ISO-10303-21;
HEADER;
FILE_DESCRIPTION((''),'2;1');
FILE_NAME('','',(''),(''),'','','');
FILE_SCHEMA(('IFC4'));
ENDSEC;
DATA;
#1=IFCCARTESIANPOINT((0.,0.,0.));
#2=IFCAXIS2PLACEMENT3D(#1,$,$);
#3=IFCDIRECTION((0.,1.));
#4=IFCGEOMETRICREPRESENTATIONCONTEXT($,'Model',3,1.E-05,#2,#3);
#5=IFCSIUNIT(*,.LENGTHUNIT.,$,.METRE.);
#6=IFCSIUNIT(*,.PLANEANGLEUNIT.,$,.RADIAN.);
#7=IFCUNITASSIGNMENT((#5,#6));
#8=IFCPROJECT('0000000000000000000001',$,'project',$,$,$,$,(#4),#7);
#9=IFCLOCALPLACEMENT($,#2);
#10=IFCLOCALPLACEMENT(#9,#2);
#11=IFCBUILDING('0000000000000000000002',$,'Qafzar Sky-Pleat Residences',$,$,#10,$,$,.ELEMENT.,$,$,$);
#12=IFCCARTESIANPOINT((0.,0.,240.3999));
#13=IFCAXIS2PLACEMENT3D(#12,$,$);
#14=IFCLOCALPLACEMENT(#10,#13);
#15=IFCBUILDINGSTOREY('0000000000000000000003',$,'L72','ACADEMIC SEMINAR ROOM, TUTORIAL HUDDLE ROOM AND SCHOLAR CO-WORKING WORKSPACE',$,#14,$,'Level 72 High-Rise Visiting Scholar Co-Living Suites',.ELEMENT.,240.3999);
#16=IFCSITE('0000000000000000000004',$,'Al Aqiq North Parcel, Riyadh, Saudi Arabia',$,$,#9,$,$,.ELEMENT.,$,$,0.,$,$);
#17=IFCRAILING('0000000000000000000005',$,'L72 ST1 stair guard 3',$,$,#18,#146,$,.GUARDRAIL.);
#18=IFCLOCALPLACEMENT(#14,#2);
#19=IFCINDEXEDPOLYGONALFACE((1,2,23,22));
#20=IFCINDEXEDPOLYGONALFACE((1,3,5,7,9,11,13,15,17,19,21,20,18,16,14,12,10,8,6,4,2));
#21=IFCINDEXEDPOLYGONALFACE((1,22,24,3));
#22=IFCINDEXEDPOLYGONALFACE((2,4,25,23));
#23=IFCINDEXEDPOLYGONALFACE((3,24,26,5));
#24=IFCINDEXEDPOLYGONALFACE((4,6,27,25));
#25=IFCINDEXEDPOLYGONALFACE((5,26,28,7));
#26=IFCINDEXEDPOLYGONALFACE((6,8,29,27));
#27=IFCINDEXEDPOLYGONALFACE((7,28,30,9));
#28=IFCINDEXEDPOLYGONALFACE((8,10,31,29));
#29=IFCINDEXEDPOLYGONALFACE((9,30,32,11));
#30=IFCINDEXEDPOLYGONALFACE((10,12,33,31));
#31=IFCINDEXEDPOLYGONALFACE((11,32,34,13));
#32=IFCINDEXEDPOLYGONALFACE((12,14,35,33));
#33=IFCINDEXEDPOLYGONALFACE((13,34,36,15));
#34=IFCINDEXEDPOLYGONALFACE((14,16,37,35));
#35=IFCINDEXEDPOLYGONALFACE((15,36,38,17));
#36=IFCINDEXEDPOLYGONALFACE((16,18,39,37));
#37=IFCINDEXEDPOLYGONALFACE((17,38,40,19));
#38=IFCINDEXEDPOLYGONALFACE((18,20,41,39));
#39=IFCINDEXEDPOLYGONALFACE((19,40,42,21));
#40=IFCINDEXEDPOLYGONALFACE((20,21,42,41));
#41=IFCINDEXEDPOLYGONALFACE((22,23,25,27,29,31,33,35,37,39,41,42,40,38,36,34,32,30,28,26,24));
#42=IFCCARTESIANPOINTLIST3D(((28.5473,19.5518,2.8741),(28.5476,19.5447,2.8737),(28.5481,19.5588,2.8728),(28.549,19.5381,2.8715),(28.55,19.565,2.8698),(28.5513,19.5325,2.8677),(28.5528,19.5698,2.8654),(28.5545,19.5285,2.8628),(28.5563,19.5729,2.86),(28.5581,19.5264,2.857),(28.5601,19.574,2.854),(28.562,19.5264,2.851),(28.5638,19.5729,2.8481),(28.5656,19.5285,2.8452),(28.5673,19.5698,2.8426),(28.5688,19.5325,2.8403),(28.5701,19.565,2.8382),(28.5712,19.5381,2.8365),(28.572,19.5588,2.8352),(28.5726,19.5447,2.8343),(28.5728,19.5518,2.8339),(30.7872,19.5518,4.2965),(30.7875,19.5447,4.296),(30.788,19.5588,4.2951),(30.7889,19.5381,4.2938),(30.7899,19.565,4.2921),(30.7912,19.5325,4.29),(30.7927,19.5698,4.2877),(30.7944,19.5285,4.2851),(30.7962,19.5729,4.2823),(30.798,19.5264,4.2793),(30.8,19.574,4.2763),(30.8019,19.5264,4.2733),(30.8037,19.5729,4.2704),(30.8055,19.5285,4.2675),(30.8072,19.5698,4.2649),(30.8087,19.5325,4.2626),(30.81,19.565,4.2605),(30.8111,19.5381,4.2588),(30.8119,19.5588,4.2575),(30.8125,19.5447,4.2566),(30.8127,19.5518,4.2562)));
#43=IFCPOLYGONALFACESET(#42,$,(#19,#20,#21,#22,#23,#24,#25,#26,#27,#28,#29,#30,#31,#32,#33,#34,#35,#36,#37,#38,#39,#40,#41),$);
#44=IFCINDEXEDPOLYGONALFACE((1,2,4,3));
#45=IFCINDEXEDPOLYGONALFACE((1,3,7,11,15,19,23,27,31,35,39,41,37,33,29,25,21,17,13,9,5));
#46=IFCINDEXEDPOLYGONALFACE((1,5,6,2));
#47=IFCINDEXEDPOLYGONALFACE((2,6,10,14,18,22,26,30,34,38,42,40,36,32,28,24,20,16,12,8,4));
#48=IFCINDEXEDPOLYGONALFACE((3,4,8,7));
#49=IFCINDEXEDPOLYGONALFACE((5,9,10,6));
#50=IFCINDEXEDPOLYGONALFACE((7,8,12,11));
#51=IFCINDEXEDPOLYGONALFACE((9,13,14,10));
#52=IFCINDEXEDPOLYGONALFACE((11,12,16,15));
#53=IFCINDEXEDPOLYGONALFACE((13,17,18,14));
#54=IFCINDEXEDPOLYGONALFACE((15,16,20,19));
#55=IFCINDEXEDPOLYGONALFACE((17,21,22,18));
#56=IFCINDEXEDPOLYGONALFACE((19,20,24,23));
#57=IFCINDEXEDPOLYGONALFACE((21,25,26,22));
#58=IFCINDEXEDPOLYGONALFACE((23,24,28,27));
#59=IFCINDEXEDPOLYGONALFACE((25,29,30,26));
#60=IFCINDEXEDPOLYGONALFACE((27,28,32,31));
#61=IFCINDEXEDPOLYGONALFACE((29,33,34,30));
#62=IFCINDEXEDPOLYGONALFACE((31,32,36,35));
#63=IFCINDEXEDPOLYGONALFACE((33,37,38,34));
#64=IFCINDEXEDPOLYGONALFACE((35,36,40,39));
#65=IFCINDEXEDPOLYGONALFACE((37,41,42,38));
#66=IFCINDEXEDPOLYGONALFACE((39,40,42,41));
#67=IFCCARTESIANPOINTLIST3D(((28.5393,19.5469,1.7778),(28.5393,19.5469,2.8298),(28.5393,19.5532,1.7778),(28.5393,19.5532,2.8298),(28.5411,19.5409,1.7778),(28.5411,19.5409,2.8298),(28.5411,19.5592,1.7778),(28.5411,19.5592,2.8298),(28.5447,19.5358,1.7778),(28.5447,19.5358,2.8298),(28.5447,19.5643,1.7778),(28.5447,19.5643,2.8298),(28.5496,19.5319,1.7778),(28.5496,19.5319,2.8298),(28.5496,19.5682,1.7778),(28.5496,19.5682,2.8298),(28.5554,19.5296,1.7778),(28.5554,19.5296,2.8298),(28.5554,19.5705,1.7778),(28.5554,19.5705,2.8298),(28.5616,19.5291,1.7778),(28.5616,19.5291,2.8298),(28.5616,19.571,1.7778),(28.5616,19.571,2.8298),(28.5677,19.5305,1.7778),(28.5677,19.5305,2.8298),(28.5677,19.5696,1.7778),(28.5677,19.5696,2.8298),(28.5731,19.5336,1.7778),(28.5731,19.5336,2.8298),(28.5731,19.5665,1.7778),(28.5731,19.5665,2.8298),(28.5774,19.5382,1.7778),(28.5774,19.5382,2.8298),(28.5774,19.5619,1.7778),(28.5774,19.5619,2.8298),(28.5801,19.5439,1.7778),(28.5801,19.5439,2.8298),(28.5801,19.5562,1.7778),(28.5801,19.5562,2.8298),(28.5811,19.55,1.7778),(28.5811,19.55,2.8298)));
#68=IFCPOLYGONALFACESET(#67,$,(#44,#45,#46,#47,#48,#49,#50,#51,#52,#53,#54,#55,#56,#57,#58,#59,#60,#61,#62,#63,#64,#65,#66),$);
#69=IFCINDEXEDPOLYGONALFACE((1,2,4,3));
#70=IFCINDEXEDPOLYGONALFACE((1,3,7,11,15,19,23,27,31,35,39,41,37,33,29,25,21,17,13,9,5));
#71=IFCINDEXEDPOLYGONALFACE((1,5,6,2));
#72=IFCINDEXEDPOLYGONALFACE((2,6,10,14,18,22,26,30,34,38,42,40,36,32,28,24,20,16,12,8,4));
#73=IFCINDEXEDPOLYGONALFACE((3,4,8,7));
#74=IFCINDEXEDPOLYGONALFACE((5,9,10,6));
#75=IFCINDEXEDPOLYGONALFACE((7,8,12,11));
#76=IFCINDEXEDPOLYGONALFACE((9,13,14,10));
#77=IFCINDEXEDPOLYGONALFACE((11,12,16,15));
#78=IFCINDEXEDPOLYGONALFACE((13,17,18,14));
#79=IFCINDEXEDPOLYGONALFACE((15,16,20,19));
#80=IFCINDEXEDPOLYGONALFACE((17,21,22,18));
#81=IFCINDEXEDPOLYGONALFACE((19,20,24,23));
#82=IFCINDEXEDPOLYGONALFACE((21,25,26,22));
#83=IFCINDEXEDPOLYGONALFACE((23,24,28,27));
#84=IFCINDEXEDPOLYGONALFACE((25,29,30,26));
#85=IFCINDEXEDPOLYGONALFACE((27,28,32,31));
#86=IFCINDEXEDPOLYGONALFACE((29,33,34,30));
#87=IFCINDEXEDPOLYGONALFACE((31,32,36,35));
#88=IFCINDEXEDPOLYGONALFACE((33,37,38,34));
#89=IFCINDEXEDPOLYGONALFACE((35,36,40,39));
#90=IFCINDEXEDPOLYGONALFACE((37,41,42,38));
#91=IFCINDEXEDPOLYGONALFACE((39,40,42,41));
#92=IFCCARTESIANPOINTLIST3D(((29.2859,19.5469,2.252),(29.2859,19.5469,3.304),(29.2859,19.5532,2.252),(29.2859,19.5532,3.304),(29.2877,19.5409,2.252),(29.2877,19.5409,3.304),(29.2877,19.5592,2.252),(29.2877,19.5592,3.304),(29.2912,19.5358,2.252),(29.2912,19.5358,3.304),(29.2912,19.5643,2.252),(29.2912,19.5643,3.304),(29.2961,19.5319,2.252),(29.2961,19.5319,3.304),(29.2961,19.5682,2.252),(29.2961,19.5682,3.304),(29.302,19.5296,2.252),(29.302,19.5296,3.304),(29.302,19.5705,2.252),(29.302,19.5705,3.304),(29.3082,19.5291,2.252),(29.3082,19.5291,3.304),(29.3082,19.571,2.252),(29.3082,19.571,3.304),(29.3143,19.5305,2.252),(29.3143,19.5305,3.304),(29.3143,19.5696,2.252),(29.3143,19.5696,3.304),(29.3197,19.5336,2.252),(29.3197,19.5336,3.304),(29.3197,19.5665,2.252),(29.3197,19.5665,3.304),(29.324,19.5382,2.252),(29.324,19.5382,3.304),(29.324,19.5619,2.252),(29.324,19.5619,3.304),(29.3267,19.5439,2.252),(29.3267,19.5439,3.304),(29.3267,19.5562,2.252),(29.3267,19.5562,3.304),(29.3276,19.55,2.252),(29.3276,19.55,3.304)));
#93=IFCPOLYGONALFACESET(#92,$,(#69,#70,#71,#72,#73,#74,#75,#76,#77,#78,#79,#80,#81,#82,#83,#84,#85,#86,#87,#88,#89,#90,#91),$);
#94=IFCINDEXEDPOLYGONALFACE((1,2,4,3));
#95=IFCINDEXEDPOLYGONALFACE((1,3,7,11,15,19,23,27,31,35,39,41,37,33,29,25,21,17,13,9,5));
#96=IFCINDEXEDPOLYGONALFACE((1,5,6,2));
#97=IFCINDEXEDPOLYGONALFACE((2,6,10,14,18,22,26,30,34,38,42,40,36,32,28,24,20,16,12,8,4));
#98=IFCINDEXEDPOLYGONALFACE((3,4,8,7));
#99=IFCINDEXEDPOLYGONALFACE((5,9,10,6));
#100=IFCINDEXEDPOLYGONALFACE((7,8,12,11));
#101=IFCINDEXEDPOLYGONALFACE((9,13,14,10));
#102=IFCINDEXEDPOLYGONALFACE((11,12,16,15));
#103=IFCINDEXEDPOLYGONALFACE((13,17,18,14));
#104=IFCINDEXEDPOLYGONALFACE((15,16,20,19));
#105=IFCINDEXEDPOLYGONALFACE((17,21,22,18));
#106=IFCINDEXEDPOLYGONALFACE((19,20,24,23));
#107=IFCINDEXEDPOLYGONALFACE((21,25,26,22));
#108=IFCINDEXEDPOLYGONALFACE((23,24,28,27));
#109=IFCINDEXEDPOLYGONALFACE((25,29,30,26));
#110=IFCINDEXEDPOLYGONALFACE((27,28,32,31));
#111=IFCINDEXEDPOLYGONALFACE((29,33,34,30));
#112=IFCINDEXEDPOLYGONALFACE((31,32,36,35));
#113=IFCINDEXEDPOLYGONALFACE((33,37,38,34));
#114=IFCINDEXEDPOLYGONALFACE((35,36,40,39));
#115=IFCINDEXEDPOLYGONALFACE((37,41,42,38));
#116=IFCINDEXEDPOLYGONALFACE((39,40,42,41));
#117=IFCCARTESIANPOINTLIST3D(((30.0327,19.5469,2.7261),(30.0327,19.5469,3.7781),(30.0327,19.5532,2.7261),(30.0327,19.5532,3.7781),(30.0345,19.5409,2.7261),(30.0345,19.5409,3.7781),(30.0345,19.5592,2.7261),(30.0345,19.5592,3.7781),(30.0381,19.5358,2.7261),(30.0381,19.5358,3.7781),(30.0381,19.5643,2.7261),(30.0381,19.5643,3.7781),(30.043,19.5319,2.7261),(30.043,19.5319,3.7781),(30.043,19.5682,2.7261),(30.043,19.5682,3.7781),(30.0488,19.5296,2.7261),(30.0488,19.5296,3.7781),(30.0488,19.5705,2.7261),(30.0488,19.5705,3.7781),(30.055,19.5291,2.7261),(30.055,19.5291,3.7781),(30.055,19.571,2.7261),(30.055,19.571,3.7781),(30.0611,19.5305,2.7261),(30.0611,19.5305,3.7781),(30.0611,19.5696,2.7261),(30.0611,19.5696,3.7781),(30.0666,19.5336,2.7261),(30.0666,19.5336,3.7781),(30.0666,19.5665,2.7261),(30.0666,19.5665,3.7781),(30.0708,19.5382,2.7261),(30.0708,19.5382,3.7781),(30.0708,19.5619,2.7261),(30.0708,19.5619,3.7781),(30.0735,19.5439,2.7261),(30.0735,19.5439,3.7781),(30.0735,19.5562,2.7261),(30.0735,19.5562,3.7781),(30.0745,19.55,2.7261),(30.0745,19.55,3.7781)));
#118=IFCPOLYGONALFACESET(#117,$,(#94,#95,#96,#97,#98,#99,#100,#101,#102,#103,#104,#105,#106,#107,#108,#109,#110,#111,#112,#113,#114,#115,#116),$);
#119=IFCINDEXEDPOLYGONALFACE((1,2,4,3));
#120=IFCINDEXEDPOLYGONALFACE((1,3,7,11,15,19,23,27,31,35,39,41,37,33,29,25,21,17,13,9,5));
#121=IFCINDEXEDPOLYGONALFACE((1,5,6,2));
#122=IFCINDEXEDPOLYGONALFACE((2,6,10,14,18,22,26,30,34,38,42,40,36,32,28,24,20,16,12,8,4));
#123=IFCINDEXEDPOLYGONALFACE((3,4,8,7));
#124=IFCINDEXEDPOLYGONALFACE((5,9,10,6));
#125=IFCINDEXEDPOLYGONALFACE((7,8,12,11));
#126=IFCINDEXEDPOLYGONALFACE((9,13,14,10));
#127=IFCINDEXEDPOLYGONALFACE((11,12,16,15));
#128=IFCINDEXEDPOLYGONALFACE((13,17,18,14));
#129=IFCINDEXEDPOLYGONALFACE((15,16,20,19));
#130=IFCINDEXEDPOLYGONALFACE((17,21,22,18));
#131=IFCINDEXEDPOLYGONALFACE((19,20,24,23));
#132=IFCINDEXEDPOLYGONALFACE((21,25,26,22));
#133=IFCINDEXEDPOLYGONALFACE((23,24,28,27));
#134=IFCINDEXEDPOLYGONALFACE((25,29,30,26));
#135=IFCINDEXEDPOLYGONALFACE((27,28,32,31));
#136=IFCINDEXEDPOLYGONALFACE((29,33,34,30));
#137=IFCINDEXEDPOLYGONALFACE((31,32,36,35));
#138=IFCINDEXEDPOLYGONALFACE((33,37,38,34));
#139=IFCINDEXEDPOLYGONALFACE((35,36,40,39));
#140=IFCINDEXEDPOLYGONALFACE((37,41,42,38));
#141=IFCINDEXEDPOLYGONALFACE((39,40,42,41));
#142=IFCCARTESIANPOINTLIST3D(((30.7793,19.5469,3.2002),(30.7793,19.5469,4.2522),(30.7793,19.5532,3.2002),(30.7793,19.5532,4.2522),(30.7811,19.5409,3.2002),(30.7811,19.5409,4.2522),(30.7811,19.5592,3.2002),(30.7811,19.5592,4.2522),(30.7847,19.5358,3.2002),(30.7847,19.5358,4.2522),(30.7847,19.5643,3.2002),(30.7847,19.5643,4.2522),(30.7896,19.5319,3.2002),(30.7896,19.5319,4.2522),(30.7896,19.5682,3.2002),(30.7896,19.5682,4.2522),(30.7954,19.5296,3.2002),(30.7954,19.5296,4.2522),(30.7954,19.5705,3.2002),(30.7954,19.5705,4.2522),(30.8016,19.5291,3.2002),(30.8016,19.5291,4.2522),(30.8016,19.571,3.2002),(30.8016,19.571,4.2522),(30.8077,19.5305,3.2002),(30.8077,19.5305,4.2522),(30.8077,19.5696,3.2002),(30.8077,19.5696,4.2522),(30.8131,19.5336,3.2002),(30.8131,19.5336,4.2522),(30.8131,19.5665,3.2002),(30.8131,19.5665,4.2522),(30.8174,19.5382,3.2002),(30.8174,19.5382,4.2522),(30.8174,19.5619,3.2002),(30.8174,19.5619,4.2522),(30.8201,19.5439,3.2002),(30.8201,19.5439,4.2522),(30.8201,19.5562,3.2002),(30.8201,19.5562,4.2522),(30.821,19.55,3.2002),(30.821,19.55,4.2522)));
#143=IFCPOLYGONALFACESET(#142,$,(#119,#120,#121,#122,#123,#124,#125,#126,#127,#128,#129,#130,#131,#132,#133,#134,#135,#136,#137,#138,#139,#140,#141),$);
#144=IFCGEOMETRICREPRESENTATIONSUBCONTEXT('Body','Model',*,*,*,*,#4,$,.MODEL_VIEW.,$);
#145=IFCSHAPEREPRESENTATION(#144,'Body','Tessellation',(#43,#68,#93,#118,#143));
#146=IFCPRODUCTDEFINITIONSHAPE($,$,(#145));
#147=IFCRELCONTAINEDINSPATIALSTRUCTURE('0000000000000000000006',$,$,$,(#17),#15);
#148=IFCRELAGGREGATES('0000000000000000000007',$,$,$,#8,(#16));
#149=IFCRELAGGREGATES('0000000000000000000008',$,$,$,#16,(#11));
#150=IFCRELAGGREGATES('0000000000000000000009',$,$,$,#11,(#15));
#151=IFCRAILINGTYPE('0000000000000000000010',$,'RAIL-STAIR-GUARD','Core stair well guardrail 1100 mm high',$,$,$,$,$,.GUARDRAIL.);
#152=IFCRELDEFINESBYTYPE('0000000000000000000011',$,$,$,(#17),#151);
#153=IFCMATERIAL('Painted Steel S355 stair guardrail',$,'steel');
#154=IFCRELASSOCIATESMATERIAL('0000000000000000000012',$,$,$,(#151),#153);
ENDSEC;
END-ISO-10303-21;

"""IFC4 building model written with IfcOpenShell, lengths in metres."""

from ifc_helpers import new_model, si_unit, direction, frame, origin, origin_2d, place, context, subcontext, project, spatial, circle, extrude, source, transform, mapped, material, type_object, element, save


model = new_model("IFC4")

# Units and contexts
model_context = context("Model", 3, precision=1e-05, world=origin(), true_north=direction((0.0, 1.0)))
body_context = subcontext(model_context, "Body", "Model", "MODEL_VIEW")
ifc_project = project(units=[si_unit("LENGTHUNIT", "METRE"), si_unit("PLANEANGLEUNIT", "RADIAN")], contexts=[model_context])

# Site, building, storey
site_placement = place(None, origin())
site = spatial("IfcSite", under=ifc_project, at=site_placement, Name="Al Aqiq North Parcel, Riyadh, Saudi Arabia", CompositionType="ELEMENT", RefElevation=0.0)
building_placement = place(site_placement, origin())
building = spatial("IfcBuilding", under=site, at=building_placement, Name="Qafzar Sky-Pleat Residences", CompositionType="ELEMENT")
storey_placement = place(building_placement, frame((0.0, 0.0, 240.3999)))
storey = spatial("IfcBuildingStorey", under=building, at=storey_placement, Name="L72", Description="ACADEMIC SEMINAR ROOM, TUTORIAL HUDDLE ROOM AND SCHOLAR CO-WORKING WORKSPACE", LongName="Level 72 High-Rise Visiting Scholar Co-Living Suites", CompositionType="ELEMENT", Elevation=240.3999)

# Railing
ifc_material_1 = material(Name="Painted Steel S355 stair guardrail", Category="steel")
railing_type_1 = type_object("IfcRailingType", Name="RAIL-STAIR-GUARD", Description="Core stair well guardrail 1100 mm high", PredefinedType="GUARDRAIL", material=ifc_material_1)
shared_shape_1 = source(origin(), body_context, "Body", "SweptSolid", [
    extrude(circle(Radius=0.0239, at=origin_2d()), frame((0.0, 0.0, 1.0762), z_axis=(0.844188, 0.0, 0.536048), x_axis=(0.0, 1.0, 0.0)), (0.0, 0.0, 1.0), 2.6533),
    extrude(circle(Radius=0.021, at=origin_2d()), origin(), (0.0, 0.0, 1.0), 1.052),
    extrude(circle(Radius=0.021, at=origin_2d()), frame((0.7466, 0.0, 0.4741)), (0.0, 0.0, 1.0), 1.052),
    extrude(circle(Radius=0.021, at=origin_2d()), frame((1.4934, 0.0, 0.9482)), (0.0, 0.0, 1.0), 1.052),
    extrude(circle(Radius=0.021, at=origin_2d()), frame((2.24, 0.0, 1.4224)), (0.0, 0.0, 1.0), 1.052),
])
railing_1_placement = place(storey_placement, frame((28.5601, 19.55, 1.7778)))
element("IfcRailing", 1, at=railing_1_placement, inside=storey, type_object=railing_type_1, Name="L72 ST1 stair guard 3", PredefinedType="GUARDRAIL", context=body_context, shape_type="MappedRepresentation", body=[
    mapped(shared_shape_1, transform((0.0, 0.0, 0.0), x_axis=(1.0, 0.0, 0.0), y_axis=(0.0, 1.0, 0.0), z_axis=(0.0, 0.0, 1.0), scale=1.0)),
])

save(model, "model.ifc")
